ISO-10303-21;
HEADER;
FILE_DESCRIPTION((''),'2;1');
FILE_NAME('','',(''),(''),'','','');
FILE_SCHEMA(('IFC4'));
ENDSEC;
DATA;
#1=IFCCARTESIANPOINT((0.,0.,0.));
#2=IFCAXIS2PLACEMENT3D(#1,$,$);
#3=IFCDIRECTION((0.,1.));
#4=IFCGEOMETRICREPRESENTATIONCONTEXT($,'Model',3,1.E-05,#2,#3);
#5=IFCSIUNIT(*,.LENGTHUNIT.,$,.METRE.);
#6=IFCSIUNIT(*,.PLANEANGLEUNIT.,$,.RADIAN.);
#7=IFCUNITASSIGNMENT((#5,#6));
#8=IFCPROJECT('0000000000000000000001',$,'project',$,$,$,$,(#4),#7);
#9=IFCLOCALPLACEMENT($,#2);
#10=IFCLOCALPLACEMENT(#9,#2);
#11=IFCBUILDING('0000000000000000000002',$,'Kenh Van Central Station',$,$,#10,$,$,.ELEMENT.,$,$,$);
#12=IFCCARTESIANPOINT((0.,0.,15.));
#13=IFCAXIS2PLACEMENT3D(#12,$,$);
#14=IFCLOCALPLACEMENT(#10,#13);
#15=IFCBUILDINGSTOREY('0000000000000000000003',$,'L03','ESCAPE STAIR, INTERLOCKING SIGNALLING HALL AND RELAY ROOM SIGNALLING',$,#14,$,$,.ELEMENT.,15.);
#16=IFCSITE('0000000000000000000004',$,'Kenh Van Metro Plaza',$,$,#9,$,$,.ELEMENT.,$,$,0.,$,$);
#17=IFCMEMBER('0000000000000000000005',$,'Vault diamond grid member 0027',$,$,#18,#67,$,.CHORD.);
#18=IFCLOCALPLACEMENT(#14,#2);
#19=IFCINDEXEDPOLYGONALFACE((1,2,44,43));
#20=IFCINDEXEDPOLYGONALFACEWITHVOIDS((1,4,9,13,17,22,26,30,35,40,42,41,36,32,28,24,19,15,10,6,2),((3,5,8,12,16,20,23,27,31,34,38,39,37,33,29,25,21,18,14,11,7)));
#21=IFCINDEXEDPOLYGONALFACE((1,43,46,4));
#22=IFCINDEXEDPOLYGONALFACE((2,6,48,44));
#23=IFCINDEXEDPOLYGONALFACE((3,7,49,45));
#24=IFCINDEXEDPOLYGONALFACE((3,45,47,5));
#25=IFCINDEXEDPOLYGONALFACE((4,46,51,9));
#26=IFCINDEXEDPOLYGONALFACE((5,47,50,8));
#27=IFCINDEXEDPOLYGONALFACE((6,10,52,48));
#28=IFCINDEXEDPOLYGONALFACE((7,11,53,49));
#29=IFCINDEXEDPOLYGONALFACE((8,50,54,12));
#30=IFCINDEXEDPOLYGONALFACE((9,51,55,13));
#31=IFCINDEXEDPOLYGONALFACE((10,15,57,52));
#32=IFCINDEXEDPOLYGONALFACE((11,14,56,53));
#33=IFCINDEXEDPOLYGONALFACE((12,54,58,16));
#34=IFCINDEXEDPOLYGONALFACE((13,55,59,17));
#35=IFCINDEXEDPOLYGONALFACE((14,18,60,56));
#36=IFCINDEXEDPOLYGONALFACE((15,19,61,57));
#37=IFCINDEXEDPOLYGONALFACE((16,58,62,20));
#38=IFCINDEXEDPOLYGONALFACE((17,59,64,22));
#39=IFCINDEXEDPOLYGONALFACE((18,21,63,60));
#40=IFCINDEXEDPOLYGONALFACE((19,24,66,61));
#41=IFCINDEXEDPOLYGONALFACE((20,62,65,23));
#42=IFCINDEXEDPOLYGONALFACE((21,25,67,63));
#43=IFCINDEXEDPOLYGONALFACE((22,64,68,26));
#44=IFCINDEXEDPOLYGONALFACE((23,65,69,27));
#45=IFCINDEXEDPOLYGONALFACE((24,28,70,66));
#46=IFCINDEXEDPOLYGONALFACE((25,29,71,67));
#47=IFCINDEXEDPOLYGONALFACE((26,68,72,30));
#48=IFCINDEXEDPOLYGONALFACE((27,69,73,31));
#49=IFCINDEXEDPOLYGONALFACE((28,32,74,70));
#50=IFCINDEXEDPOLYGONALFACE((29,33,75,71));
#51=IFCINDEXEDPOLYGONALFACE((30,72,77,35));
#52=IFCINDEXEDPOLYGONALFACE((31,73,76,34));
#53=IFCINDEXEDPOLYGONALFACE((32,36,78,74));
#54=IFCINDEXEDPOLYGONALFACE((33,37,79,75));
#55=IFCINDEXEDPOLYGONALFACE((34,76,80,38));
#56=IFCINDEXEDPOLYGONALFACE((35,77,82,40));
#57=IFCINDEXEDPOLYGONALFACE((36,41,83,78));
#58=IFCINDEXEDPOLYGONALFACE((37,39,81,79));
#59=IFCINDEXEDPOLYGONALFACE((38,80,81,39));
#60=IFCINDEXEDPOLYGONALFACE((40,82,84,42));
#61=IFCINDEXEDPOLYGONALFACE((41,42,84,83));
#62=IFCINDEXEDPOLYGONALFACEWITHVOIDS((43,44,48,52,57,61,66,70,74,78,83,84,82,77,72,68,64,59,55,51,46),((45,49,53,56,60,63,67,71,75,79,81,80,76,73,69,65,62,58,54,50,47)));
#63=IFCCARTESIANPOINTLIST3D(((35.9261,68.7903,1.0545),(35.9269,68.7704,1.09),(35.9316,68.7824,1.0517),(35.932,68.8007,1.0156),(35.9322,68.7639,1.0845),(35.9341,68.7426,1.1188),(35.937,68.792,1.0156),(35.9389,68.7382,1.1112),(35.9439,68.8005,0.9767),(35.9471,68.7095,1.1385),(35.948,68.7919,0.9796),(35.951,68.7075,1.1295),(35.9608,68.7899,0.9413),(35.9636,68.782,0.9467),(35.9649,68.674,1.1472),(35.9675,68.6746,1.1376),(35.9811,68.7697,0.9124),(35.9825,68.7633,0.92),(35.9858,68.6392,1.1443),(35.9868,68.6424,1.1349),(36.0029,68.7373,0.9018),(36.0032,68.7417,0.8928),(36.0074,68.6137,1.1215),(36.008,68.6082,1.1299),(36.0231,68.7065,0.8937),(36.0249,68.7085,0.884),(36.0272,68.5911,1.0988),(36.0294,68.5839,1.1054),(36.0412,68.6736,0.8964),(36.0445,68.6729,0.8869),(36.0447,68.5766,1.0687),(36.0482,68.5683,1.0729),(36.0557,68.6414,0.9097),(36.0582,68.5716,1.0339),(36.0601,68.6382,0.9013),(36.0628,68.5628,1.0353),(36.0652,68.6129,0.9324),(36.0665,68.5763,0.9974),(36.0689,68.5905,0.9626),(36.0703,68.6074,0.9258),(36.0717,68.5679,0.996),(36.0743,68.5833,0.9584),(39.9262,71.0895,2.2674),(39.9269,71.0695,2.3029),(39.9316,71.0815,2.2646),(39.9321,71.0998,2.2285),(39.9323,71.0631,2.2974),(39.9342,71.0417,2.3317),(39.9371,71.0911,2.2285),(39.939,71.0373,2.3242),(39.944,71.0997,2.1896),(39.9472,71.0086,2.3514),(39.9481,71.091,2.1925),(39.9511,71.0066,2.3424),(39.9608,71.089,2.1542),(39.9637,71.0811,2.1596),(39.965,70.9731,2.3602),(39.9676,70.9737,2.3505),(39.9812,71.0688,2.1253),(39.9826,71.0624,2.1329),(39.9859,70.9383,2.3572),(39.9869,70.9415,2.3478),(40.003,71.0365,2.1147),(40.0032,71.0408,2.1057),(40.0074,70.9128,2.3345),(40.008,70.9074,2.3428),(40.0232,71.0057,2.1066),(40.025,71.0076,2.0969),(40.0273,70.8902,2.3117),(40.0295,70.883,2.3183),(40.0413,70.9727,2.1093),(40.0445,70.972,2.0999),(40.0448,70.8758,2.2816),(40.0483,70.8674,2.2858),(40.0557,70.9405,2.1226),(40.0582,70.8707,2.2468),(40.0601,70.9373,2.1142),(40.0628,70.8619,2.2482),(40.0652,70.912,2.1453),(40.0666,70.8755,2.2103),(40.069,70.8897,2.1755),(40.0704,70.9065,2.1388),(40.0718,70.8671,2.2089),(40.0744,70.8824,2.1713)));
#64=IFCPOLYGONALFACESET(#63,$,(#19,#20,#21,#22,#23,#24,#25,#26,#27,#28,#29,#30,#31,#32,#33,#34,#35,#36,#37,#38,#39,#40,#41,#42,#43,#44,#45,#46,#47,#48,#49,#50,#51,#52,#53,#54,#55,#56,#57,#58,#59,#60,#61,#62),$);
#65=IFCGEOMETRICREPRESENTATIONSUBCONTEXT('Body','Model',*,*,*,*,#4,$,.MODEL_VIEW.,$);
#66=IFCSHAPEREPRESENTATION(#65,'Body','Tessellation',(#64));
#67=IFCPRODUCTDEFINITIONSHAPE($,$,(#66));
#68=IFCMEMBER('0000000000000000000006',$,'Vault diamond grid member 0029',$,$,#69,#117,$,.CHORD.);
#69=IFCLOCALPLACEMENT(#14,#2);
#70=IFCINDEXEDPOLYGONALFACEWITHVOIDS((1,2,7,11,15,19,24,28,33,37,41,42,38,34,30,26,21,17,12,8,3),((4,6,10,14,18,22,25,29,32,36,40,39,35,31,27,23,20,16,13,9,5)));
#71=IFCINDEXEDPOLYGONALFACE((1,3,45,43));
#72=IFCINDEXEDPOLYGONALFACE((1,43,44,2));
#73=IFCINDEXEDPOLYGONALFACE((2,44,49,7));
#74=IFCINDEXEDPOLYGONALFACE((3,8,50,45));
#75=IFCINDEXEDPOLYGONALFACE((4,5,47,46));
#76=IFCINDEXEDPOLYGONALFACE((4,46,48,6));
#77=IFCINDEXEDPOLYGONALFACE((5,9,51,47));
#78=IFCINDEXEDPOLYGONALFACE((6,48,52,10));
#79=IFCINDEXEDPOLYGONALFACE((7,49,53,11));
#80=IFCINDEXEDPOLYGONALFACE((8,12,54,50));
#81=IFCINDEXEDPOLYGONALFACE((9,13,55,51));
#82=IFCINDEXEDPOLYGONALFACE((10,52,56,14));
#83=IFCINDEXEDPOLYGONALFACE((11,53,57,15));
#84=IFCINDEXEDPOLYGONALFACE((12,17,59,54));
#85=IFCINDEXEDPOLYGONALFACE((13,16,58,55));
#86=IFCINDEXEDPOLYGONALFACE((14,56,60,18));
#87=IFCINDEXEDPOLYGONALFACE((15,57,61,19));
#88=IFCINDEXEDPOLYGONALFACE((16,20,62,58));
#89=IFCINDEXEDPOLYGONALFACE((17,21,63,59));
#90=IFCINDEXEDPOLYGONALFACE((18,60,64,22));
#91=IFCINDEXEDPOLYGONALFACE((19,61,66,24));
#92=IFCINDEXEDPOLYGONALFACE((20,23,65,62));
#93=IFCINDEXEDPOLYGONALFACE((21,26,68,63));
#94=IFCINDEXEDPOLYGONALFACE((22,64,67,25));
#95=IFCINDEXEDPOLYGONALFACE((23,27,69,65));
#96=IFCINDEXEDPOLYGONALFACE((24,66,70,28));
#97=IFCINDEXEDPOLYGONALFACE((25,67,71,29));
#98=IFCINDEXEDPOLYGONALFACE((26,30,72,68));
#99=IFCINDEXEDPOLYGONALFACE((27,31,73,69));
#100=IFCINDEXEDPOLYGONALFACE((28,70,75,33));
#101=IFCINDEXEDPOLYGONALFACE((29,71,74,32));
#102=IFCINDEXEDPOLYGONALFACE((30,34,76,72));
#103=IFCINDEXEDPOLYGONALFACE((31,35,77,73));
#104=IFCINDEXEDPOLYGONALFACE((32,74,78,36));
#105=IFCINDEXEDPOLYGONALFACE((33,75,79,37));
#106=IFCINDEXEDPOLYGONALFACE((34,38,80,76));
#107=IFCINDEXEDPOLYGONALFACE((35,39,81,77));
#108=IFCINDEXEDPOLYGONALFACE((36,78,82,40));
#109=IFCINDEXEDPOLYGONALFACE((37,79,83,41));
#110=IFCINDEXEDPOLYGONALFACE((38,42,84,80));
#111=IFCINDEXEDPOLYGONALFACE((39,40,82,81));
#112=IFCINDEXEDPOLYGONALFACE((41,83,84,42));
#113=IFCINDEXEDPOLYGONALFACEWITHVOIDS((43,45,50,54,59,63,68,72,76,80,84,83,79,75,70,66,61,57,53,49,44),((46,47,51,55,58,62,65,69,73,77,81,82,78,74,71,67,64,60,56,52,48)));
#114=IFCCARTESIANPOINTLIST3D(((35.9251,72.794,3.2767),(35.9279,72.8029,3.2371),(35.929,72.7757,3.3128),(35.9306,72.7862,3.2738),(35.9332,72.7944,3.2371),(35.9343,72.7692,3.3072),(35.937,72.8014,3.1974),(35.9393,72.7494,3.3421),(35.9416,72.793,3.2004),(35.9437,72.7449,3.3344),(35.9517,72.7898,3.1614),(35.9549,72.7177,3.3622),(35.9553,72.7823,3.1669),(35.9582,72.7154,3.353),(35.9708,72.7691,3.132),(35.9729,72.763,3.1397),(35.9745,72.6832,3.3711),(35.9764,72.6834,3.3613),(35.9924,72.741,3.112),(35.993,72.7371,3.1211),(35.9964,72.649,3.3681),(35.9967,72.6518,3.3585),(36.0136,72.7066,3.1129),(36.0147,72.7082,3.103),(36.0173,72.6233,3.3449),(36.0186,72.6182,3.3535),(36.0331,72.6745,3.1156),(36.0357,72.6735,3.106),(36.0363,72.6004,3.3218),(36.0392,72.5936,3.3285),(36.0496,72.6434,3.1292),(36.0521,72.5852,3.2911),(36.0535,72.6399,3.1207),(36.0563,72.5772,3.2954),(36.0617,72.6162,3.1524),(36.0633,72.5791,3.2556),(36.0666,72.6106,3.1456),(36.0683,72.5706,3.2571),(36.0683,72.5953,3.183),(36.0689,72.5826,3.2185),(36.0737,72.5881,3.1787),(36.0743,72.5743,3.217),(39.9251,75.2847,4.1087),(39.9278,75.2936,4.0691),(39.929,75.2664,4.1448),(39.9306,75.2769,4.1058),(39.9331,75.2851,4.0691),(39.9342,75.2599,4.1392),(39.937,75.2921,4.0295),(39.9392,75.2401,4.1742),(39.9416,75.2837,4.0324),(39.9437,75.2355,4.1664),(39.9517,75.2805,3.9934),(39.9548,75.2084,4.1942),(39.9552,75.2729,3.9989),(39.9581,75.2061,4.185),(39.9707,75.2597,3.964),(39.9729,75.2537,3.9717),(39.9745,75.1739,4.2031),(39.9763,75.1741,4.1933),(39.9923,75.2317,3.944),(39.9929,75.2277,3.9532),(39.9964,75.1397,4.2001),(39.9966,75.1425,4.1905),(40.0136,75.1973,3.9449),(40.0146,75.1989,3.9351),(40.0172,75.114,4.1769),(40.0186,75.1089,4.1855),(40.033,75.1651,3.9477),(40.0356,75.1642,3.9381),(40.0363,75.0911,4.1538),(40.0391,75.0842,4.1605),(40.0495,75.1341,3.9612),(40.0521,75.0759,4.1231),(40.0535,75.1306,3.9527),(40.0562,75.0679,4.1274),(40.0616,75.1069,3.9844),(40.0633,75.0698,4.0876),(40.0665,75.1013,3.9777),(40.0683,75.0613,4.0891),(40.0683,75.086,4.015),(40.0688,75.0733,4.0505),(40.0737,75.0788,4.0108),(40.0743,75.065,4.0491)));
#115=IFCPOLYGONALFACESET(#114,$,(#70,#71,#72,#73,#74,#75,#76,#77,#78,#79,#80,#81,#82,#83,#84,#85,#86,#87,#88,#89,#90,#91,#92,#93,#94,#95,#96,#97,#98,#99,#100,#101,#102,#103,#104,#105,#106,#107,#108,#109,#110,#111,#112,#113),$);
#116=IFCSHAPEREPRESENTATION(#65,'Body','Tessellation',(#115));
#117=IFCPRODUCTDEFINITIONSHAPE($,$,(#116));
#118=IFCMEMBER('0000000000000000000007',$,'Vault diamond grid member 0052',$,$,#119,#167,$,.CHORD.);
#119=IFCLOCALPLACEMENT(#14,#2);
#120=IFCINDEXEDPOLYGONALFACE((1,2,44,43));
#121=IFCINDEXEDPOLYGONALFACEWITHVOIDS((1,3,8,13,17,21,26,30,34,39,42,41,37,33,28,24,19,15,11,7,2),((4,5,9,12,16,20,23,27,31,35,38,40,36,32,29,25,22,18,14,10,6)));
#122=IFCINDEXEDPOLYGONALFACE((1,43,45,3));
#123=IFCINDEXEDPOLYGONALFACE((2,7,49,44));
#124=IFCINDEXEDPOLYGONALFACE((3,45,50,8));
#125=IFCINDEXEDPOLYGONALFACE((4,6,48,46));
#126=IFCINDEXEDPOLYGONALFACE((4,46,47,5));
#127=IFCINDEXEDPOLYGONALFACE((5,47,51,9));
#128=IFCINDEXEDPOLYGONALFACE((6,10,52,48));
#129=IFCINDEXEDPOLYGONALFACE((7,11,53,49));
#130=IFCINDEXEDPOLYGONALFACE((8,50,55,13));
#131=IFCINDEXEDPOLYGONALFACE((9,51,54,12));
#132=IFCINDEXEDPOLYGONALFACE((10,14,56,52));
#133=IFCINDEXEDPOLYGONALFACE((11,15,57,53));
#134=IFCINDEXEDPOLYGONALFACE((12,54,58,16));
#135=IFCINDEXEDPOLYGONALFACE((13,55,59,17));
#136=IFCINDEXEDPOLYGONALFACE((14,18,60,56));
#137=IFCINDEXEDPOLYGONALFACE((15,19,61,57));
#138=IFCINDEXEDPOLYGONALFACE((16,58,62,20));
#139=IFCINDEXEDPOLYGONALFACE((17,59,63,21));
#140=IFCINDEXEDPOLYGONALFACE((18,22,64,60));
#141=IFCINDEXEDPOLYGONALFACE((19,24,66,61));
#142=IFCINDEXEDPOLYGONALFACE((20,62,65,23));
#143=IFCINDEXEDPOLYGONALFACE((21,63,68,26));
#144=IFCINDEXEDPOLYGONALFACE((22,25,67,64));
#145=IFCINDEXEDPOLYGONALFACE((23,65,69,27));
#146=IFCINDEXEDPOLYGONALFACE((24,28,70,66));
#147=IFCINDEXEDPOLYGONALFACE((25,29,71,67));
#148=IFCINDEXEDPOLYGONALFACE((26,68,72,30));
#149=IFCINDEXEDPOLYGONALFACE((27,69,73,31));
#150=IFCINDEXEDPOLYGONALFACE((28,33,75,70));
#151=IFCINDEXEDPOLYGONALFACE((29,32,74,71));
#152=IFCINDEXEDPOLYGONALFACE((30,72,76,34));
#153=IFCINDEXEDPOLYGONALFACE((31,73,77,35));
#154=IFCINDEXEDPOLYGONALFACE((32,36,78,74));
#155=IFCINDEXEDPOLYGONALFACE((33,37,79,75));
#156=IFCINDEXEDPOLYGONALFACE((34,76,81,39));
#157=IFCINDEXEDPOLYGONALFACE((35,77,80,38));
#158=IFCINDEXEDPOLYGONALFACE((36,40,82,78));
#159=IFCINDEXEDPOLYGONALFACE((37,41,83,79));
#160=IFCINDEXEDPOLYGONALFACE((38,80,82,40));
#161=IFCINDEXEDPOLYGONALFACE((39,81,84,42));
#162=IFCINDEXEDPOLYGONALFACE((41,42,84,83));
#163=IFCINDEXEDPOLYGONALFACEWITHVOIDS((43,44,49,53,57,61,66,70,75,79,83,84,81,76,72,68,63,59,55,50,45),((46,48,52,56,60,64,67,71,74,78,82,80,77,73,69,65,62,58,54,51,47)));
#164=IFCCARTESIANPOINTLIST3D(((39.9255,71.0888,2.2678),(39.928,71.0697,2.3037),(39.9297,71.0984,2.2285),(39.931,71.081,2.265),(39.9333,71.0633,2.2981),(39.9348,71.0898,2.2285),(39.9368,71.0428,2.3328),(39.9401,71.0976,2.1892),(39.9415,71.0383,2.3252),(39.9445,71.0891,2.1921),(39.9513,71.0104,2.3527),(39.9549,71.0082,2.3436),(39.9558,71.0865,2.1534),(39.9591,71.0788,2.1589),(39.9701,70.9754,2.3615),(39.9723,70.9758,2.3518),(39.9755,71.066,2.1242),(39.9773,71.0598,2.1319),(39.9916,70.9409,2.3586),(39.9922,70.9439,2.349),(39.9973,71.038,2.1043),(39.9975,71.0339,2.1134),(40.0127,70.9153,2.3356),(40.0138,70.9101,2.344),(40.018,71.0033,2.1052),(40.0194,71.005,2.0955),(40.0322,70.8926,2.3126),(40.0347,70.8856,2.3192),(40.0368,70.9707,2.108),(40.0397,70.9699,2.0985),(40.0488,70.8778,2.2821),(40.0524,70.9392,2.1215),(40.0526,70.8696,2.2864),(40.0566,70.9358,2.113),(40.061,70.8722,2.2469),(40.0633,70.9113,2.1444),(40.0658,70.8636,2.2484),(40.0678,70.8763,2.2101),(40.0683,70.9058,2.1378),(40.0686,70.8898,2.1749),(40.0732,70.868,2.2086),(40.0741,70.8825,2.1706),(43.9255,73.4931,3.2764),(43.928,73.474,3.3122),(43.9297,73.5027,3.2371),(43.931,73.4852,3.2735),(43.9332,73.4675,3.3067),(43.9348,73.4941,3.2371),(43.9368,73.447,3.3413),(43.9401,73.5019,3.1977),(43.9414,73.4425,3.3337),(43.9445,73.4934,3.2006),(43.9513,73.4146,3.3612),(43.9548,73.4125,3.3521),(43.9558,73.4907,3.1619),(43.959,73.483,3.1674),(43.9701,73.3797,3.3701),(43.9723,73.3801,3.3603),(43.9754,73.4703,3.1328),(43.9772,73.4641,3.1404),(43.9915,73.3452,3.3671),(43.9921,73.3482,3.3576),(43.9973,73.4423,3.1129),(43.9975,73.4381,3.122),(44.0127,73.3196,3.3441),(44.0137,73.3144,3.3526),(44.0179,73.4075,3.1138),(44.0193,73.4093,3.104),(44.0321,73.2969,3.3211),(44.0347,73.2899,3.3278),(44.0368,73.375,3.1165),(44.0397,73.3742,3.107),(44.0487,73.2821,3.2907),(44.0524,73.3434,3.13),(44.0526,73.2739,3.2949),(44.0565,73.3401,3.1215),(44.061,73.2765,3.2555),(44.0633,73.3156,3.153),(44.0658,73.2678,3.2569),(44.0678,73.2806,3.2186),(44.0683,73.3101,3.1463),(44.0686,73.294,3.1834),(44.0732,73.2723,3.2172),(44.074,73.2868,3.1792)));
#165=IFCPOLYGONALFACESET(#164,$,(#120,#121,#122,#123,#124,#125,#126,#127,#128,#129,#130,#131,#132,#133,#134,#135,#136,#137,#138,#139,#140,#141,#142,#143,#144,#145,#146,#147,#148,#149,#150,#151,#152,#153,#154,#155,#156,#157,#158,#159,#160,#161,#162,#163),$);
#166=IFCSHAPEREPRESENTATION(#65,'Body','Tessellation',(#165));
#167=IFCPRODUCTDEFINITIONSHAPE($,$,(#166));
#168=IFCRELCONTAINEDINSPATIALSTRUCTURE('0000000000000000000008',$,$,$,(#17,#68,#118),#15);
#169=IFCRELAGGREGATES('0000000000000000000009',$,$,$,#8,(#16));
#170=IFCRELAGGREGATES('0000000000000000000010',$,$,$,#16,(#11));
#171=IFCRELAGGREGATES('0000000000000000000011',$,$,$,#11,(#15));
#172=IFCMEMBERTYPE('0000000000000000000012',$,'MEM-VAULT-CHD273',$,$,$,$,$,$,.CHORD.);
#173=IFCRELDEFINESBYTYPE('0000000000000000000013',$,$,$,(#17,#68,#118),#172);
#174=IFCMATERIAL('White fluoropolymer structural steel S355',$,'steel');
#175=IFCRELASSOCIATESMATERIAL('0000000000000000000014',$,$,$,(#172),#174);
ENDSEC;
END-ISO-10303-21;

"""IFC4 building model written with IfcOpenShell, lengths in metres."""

from ifc_helpers import new_model, si_unit, direction, frame, origin, origin_2d, place, context, subcontext, project, spatial, hollow_circle, extrude, material, material_profile, profile_set, type_object, element, save


model = new_model("IFC4")

# Units and contexts
model_context = context("Model", 3, precision=1e-05, world=origin(), true_north=direction((0.0, 1.0)))
body_context = subcontext(model_context, "Body", "Model", "MODEL_VIEW")
ifc_project = project(units=[si_unit("LENGTHUNIT", "METRE"), si_unit("PLANEANGLEUNIT", "RADIAN")], contexts=[model_context])

# Site, building, storey
site_placement = place(None, origin())
site = spatial("IfcSite", under=ifc_project, at=site_placement, Name="Kenh Van Metro Plaza", CompositionType="ELEMENT", RefElevation=0.0)
building_placement = place(site_placement, origin())
building = spatial("IfcBuilding", under=site, at=building_placement, Name="Kenh Van Central Station", CompositionType="ELEMENT")
storey_placement = place(building_placement, frame((0.0, 0.0, 15.0)))
storey = spatial("IfcBuildingStorey", under=building, at=storey_placement, Name="L03", Description="ESCAPE STAIR, INTERLOCKING SIGNALLING HALL AND RELAY ROOM SIGNALLING", CompositionType="ELEMENT", Elevation=15.0)

# Shared definitions
ifc_material_1 = material(Name="White fluoropolymer structural steel S355", Category="steel")

# Members
ifc_material_profile_1 = material_profile(ifc_material_1, hollow_circle(Radius=0.1365, WallThickness=0.01, at=origin_2d()), Name="CHS 273x10")
ifc_profile_set_1 = profile_set([ifc_material_profile_1], Name="White fluoropolymer structural steel S355")
member_type_1 = type_object("IfcMemberType", Name="MEM-VAULT-CHD273", PredefinedType="CHORD", material=ifc_profile_set_1)
member_1_placement = place(storey_placement, frame((36.0, 68.6824, 1.0156), z_axis=(0.838502, 0.481944, 0.254253), x_axis=(-0.49832, 0.866993, 0.0)))
element("IfcMember", 1, at=member_1_placement, inside=storey, type_object=member_type_1, Name="Vault diamond grid member 0027", PredefinedType="CHORD", context=body_context, shape_type="SweptSolid", body=[
    extrude(hollow_circle(Radius=0.1365, WallThickness=0.01, at=origin_2d()), origin(), (0.0, 0.0, 1.0), 4.7705),
])
member_2_placement = place(storey_placement, frame((36.0, 72.687, 3.2371), z_axis=(0.83595, 0.52053, 0.173884), x_axis=(-0.528582, 0.848882, 0.0)))
element("IfcMember", 2, at=member_2_placement, inside=storey, type_object=member_type_1, Name="Vault diamond grid member 0029", PredefinedType="CHORD", context=body_context, shape_type="SweptSolid", body=[
    extrude(hollow_circle(Radius=0.1365, WallThickness=0.01, at=origin_2d()), origin(), (0.0, 0.0, 1.0), 4.7849),
])
member_3_placement = place(storey_placement, frame((40.0, 70.9814, 2.2285), z_axis=(0.837748, 0.503549, 0.211227), x_axis=(-0.515173, 0.857086, 0.0)))
element("IfcMember", 3, at=member_3_placement, inside=storey, type_object=member_type_1, Name="Vault diamond grid member 0052", PredefinedType="CHORD", context=body_context, shape_type="SweptSolid", body=[
    extrude(hollow_circle(Radius=0.1365, WallThickness=0.01, at=origin_2d()), origin(), (0.0, 0.0, 1.0), 4.7747),
])

save(model, "model.ifc")
